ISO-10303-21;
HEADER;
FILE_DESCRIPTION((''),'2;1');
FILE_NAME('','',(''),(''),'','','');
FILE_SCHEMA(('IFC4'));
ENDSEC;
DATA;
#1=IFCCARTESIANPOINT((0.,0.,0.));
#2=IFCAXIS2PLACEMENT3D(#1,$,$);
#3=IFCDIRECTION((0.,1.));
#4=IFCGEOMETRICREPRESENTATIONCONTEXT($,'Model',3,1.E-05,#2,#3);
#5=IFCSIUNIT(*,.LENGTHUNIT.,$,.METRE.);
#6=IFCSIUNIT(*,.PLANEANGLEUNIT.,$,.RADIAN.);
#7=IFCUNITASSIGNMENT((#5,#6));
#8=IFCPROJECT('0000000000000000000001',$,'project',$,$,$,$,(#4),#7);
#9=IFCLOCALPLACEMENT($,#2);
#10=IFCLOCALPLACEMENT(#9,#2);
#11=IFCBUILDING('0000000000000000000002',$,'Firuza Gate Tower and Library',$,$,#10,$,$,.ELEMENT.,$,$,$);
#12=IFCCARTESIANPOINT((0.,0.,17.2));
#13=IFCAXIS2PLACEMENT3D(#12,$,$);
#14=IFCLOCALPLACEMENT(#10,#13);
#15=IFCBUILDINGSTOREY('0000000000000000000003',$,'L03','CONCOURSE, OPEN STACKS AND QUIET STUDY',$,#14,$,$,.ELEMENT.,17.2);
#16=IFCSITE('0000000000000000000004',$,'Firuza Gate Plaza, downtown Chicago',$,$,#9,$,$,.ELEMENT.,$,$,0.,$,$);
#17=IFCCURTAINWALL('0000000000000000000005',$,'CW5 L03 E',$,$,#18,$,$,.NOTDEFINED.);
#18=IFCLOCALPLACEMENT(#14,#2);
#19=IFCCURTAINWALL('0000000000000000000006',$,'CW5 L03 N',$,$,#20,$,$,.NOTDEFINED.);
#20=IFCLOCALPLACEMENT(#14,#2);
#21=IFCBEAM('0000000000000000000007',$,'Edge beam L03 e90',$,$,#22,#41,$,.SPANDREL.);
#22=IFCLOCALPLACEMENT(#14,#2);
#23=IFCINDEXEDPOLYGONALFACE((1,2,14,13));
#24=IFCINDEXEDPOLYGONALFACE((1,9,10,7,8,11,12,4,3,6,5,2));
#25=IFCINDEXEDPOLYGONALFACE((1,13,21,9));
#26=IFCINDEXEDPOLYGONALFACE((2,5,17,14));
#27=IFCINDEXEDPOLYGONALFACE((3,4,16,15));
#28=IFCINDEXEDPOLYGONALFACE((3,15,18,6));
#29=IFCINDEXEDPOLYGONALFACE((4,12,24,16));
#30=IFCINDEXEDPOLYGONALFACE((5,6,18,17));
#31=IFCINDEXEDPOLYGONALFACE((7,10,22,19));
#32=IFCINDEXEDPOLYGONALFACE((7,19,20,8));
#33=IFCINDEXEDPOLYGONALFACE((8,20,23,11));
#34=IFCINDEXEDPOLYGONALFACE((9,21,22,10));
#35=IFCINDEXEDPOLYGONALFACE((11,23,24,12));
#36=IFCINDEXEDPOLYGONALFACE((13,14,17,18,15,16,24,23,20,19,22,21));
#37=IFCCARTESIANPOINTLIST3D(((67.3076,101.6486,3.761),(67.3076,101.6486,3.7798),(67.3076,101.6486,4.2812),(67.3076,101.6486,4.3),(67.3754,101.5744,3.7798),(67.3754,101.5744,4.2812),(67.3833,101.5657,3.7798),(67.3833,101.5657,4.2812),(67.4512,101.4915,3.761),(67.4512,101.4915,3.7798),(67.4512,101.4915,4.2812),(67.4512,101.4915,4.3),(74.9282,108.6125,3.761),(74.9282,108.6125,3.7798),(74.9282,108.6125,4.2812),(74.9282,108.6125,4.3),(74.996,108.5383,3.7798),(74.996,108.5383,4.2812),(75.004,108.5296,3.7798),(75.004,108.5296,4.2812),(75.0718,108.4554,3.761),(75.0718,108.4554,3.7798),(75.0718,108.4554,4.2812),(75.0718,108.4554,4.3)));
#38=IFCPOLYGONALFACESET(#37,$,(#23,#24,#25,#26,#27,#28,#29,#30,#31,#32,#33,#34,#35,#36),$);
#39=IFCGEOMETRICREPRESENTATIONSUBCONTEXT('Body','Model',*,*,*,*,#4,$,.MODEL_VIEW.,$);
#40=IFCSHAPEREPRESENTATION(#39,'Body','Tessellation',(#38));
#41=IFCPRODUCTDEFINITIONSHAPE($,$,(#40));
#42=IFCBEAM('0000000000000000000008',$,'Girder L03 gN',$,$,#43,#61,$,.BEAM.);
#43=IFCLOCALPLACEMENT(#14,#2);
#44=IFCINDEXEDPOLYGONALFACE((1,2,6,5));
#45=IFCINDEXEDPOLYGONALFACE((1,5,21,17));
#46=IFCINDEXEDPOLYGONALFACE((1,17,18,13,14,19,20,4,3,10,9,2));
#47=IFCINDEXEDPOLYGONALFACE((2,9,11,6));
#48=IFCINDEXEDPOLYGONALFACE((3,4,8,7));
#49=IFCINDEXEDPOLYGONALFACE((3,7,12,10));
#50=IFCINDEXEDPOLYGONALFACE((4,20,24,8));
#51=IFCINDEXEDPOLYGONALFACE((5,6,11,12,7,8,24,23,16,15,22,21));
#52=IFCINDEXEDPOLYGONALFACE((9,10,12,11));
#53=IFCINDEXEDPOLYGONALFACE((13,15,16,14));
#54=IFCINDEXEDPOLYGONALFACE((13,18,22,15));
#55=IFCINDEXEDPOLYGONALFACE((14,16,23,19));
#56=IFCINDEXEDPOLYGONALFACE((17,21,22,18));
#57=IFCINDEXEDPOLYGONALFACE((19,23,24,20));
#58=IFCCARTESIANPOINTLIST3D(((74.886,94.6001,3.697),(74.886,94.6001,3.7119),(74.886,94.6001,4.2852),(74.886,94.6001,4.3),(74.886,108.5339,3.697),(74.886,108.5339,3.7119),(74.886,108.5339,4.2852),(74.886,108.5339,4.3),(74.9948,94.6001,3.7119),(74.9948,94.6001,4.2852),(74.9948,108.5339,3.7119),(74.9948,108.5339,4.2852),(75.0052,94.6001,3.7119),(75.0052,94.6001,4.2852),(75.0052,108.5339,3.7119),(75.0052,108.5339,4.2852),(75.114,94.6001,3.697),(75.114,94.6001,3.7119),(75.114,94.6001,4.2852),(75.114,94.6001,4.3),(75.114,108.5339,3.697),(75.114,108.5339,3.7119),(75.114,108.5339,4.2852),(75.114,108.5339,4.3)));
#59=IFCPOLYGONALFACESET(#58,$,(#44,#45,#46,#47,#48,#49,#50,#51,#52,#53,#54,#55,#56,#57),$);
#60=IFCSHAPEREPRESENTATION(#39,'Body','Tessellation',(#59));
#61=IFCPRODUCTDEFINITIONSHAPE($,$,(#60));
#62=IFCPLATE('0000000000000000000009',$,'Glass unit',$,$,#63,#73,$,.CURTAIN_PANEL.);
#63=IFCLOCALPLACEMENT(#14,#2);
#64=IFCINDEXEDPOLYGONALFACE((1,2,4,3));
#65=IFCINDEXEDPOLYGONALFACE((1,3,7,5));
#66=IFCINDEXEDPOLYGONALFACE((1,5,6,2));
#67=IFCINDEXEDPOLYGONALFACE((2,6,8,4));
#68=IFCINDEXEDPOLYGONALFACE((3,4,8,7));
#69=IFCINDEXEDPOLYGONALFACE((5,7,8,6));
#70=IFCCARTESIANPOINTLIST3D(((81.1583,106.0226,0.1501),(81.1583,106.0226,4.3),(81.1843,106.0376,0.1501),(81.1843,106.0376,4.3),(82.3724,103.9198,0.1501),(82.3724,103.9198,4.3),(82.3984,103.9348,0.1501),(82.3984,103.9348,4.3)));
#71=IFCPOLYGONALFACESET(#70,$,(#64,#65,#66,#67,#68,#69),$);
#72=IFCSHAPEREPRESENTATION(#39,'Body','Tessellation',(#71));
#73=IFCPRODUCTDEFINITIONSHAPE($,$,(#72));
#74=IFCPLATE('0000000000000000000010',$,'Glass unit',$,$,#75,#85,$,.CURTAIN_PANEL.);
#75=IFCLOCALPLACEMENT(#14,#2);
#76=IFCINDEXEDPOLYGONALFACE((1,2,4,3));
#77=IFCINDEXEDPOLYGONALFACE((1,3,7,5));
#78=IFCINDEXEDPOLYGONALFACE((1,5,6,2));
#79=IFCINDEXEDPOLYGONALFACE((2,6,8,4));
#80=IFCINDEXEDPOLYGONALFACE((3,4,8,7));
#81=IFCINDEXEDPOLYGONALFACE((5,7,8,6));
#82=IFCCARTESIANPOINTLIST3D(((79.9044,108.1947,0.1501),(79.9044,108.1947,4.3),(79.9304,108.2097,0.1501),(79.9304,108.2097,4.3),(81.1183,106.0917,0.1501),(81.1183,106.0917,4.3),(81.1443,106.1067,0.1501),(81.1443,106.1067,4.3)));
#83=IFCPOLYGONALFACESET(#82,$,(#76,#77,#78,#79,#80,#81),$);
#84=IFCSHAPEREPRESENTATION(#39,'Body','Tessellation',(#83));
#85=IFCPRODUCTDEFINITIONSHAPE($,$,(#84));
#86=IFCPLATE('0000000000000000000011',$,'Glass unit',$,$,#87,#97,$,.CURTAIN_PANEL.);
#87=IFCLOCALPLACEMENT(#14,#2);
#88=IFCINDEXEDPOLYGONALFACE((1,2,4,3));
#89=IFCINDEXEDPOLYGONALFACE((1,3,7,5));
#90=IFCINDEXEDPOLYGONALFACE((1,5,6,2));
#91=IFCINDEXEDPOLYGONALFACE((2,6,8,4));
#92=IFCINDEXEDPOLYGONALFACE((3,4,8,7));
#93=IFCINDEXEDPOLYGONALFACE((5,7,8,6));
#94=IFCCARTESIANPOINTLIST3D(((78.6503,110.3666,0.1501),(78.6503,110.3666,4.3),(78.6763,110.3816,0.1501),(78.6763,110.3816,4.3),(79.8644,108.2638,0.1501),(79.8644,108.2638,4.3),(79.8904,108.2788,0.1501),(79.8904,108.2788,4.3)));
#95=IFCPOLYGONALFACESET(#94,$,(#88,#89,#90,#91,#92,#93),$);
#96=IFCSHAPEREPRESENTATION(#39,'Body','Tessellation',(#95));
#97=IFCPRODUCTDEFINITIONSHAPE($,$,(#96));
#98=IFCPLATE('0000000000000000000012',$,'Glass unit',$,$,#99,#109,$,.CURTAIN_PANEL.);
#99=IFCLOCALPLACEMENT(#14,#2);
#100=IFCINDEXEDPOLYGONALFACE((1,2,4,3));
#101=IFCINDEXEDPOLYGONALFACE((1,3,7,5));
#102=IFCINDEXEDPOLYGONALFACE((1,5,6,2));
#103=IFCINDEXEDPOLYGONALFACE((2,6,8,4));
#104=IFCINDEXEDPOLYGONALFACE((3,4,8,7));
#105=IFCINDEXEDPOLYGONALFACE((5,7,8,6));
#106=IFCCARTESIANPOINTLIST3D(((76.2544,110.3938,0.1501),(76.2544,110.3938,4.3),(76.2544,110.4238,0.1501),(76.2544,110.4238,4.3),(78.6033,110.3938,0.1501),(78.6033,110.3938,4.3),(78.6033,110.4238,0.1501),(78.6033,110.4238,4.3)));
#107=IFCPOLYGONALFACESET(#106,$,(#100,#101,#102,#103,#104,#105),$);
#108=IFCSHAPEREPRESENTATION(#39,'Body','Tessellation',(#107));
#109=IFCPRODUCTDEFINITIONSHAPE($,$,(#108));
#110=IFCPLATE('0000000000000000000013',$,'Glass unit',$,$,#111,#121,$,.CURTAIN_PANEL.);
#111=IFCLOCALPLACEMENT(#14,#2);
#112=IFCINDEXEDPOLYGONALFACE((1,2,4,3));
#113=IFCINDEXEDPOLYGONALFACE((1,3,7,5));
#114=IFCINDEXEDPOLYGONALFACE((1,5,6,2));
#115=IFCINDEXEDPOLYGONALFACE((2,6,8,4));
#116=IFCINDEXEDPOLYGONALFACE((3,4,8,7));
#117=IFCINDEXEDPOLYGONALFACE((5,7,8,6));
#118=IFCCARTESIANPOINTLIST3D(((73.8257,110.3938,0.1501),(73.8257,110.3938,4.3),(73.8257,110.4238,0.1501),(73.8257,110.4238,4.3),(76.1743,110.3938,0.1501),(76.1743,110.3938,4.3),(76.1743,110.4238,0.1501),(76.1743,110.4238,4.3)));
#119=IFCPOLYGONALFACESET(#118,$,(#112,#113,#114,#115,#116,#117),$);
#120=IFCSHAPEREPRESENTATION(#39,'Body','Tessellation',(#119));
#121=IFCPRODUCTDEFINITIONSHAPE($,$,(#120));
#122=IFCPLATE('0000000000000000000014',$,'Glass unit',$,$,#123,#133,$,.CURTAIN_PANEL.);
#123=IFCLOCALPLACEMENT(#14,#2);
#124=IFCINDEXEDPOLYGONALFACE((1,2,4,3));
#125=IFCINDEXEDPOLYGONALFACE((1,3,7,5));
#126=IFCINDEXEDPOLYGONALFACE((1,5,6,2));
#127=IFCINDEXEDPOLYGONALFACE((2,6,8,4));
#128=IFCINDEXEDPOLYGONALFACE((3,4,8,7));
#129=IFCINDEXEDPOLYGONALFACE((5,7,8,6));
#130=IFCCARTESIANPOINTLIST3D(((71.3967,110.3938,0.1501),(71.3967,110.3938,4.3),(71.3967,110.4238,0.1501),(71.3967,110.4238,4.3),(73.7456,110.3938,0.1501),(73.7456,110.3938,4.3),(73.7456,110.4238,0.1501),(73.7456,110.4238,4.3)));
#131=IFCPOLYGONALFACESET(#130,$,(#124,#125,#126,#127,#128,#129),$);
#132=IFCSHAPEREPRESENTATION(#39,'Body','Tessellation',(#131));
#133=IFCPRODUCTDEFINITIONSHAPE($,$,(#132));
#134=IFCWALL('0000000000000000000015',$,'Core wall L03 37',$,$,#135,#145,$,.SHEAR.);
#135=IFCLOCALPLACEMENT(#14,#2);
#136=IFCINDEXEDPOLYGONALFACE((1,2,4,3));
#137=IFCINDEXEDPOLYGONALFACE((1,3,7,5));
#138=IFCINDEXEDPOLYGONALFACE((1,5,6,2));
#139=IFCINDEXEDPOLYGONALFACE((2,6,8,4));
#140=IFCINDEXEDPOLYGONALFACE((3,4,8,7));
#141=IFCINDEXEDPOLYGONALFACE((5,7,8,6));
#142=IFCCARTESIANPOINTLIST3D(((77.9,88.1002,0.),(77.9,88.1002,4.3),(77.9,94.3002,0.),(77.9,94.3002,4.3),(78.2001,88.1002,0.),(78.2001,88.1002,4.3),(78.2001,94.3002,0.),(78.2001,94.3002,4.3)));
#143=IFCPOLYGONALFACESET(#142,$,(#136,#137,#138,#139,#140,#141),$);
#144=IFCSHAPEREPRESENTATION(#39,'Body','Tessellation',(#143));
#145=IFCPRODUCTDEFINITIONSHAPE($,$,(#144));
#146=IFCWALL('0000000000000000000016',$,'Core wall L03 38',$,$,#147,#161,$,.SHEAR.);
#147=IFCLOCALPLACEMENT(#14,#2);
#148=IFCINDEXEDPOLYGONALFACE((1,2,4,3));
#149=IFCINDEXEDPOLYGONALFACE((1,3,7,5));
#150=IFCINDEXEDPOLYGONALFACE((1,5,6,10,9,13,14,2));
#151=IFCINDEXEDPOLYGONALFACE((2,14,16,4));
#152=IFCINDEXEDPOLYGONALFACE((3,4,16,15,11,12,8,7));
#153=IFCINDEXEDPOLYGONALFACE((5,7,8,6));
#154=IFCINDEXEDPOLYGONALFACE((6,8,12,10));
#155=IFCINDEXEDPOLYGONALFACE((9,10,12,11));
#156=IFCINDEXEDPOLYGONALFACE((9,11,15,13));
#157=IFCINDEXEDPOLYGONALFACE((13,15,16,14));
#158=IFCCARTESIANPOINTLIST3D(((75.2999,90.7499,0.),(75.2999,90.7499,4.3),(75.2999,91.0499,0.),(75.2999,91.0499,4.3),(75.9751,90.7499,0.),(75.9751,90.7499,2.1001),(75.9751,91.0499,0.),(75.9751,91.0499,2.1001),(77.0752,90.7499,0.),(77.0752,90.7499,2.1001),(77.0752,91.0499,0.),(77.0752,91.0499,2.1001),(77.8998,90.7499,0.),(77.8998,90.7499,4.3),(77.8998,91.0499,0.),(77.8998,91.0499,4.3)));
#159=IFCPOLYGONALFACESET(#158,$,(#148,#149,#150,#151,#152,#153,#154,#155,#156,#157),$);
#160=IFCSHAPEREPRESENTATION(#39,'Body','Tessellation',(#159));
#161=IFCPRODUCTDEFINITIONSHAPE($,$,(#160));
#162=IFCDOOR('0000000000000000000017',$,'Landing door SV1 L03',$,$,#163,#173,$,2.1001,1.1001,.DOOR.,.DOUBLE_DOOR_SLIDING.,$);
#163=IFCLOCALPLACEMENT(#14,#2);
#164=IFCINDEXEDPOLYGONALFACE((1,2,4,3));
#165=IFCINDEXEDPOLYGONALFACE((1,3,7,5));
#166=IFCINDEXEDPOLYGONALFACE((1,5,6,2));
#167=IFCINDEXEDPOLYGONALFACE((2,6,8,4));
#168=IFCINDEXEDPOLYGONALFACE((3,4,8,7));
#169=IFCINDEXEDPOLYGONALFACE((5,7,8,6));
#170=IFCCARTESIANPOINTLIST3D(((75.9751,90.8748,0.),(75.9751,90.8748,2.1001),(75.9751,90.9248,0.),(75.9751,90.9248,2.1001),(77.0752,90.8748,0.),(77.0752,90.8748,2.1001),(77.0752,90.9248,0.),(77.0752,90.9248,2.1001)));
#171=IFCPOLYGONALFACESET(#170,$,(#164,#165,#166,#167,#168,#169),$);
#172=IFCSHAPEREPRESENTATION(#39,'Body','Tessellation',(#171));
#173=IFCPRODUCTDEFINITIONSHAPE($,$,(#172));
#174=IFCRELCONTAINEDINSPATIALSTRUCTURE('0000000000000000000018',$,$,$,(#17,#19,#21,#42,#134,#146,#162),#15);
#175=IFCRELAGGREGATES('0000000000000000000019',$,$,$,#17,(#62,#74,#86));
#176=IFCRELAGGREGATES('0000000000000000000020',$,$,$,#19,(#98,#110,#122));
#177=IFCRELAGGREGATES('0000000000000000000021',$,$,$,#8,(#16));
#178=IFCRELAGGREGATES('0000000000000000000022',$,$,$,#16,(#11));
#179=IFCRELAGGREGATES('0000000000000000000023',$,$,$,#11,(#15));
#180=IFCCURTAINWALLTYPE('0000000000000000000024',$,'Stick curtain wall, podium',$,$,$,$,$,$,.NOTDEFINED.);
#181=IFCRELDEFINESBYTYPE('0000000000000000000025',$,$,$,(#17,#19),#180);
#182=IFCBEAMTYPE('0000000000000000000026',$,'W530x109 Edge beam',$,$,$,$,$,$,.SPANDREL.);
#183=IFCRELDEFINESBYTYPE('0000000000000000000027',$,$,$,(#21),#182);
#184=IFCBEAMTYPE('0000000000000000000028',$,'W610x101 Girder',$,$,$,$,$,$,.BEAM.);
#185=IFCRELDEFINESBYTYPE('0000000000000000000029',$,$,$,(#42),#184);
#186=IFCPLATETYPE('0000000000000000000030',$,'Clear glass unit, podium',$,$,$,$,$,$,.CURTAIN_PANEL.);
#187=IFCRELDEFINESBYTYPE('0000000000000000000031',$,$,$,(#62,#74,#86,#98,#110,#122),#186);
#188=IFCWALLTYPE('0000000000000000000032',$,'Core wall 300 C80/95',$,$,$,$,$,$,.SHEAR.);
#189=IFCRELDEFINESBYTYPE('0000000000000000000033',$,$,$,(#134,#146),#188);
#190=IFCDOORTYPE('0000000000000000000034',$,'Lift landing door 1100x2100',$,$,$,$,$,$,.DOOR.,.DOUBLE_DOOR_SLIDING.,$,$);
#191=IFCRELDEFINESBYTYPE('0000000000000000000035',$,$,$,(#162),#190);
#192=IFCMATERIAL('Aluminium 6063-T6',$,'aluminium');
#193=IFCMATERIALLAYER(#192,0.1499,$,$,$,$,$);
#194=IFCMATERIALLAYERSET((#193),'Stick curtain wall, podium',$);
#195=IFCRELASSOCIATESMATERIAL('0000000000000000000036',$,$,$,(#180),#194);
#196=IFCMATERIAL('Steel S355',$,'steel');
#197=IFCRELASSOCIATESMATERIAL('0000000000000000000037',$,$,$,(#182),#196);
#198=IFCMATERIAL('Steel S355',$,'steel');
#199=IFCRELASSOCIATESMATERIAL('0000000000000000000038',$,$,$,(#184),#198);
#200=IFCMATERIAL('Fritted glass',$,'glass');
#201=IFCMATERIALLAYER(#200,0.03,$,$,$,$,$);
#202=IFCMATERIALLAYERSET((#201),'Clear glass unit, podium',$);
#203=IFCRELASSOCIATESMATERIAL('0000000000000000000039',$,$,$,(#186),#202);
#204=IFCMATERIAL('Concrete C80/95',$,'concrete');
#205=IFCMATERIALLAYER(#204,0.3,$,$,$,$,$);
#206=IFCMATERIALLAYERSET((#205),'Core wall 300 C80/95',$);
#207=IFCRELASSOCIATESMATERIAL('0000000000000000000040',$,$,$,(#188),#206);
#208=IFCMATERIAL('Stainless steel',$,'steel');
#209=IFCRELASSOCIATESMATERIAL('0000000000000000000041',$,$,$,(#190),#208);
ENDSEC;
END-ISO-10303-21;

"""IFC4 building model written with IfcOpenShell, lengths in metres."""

from ifc_helpers import new_model, si_unit, direction, frame, frame_2d, origin, origin_2d, place, context, subcontext, project, spatial, polyline, rectangle, i_section, outline, extrude, material, layer, layer_set, material_profile, profile_set, type_object, element, fill, aggregate, save


model = new_model("IFC4")

# Units and contexts
model_context = context("Model", 3, precision=1e-05, world=origin(), true_north=direction((0.0, 1.0)))
body_context = subcontext(model_context, "Body", "Model", "MODEL_VIEW")
ifc_project = project(units=[si_unit("LENGTHUNIT", "METRE"), si_unit("PLANEANGLEUNIT", "RADIAN")], contexts=[model_context])

# Site, building, storey
site_placement = place(None, origin())
site = spatial("IfcSite", under=ifc_project, at=site_placement, Name="Firuza Gate Plaza, downtown Chicago", CompositionType="ELEMENT", RefElevation=0.0)
building_placement = place(site_placement, origin())
building = spatial("IfcBuilding", under=site, at=building_placement, Name="Firuza Gate Tower and Library", CompositionType="ELEMENT")
storey_placement = place(building_placement, frame((0.0, 0.0, 17.2)))
storey = spatial("IfcBuildingStorey", under=building, at=storey_placement, Name="L03", Description="CONCOURSE, OPEN STACKS AND QUIET STUDY", CompositionType="ELEMENT", Elevation=17.2)

# Curtain walls
ifc_material_1 = material(Name="Aluminium 6063-T6", Category="aluminium")
ifc_layer_1 = layer(ifc_material_1, 0.1499)
ifc_layer_set_1 = layer_set([ifc_layer_1], Name="Stick curtain wall, podium")
curtain_wall_type = type_object("IfcCurtainWallType", Name="Stick curtain wall, podium", PredefinedType="NOTDEFINED", material=ifc_layer_set_1)
placement = place(storey_placement, origin())
curtain_wall_1 = element("IfcCurtainWall", 1, at=placement, inside=storey, type_object=curtain_wall_type, Name="CW5 L03 E", PredefinedType="NOTDEFINED")
curtain_wall_2 = element("IfcCurtainWall", 2, at=placement, inside=storey, type_object=curtain_wall_type, Name="CW5 L03 N", PredefinedType="NOTDEFINED")

# Beams
ifc_material_2 = material(Name="Steel S355", Category="steel")
ifc_material_profile_1 = material_profile(ifc_material_2, i_section(OverallWidth=0.2129, OverallDepth=0.5391, WebThickness=0.0117, FlangeThickness=0.0188, at=origin_2d()))
ifc_profile_set_1 = profile_set([ifc_material_profile_1], Name="Steel S355")
beam_type_1 = type_object("IfcBeamType", Name="W530x109 Edge beam", PredefinedType="SPANDREL", material=ifc_profile_set_1)
beam_1_placement = place(storey_placement, frame((75.0, 108.5339, 4.0305), z_axis=(-0.7382, -0.674582, 0.0), x_axis=(0.674582, -0.7382, 0.0)))
element("IfcBeam", 3, at=beam_1_placement, inside=storey, type_object=beam_type_1, Name="Edge beam L03 e90", PredefinedType="SPANDREL", context=body_context, shape_type="SweptSolid", body=[
    extrude(i_section(OverallWidth=0.2129, OverallDepth=0.5391, WebThickness=0.0117, FlangeThickness=0.0188, at=origin_2d()), origin(), (0.0, 0.0, 1.0), 10.3232),
])
ifc_material_3 = material(Name="Steel S355", Category="steel")
ifc_material_profile_2 = material_profile(ifc_material_3, i_section(OverallWidth=0.228, OverallDepth=0.603, WebThickness=0.0105, FlangeThickness=0.0149, at=origin_2d()))
ifc_profile_set_2 = profile_set([ifc_material_profile_2], Name="Steel S355")
beam_type_2 = type_object("IfcBeamType", Name="W610x101 Girder", PredefinedType="BEAM", material=ifc_profile_set_2)
beam_2_placement = place(storey_placement, frame((75.0, 108.5339, 3.9985), z_axis=(0.0, -1.0, 0.0), x_axis=(1.0, 0.0, 0.0)))
element("IfcBeam", 4, at=beam_2_placement, inside=storey, type_object=beam_type_2, Name="Girder L03 gN", PredefinedType="BEAM", context=body_context, shape_type="SweptSolid", body=[
    extrude(i_section(OverallWidth=0.228, OverallDepth=0.603, WebThickness=0.0105, FlangeThickness=0.0149, at=origin_2d()), origin(), (0.0, 0.0, 1.0), 13.9338),
])

# Plates
ifc_material_4 = material(Name="Fritted glass", Category="glass")
ifc_layer_2 = layer(ifc_material_4, 0.03)
ifc_layer_set_2 = layer_set([ifc_layer_2], Name="Clear glass unit, podium")
plate_type = type_object("IfcPlateType", Name="Clear glass unit, podium", PredefinedType="CURTAIN_PANEL", material=ifc_layer_set_2)
plate_1_placement = place(storey_placement, frame((82.3984, 103.9348, 0.1501), z_axis=(0.866013, 0.500021, 0.0), x_axis=(-0.500021, 0.866013, 0.0)))
plate_1 = element("IfcPlate", 5, at=plate_1_placement, type_object=plate_type, Name="Glass unit", PredefinedType="CURTAIN_PANEL", context=body_context, shape_type="SweptSolid", body=[
    extrude(outline(polyline([(0.0, 0.0), (2.4281, 0.0), (2.4281, 4.1499), (0.0, 4.1499), (0.0, 0.0)])), origin(), (0.0, 0.0, -1.0), 0.03),
])
plate_2_placement = place(storey_placement, frame((81.1443, 106.1067, 0.1501), z_axis=(0.866082, 0.499902, 0.0), x_axis=(-0.499902, 0.866082, 0.0)))
plate_2 = element("IfcPlate", 6, at=plate_2_placement, type_object=plate_type, Name="Glass unit", PredefinedType="CURTAIN_PANEL", context=body_context, shape_type="SweptSolid", body=[
    extrude(outline(polyline([(0.0, 0.0), (2.4282, 0.0), (2.4282, 4.1499), (0.0, 4.1499), (0.0, 0.0)])), origin(), (0.0, 0.0, -1.0), 0.03),
])
plate_3_placement = place(storey_placement, frame((79.8904, 108.2788, 0.1501), z_axis=(0.866013, 0.500021, 0.0), x_axis=(-0.500021, 0.866013, 0.0)))
plate_3 = element("IfcPlate", 7, at=plate_3_placement, type_object=plate_type, Name="Glass unit", PredefinedType="CURTAIN_PANEL", context=body_context, shape_type="SweptSolid", body=[
    extrude(outline(polyline([(0.0, 0.0), (2.4281, 0.0), (2.4281, 4.1499), (0.0, 4.1499), (0.0, 0.0)])), origin(), (0.0, 0.0, -1.0), 0.03),
])
aggregate(curtain_wall_1, [plate_1, plate_2, plate_3])
plate_4_placement = place(storey_placement, frame((78.6033, 110.4238, 0.1501), z_axis=(0.0, 1.0, 0.0), x_axis=(-1.0, 0.0, 0.0)))
plate_4 = element("IfcPlate", 8, at=plate_4_placement, type_object=plate_type, Name="Glass unit", PredefinedType="CURTAIN_PANEL", context=body_context, shape_type="SweptSolid", body=[
    extrude(outline(polyline([(0.0, 0.0), (2.3489, 0.0), (2.3489, 4.1499), (0.0, 4.1499), (0.0, 0.0)])), origin(), (0.0, 0.0, -1.0), 0.03),
])
plate_5_placement = place(storey_placement, frame((76.1743, 110.4238, 0.1501), z_axis=(0.0, 1.0, 0.0), x_axis=(-1.0, 0.0, 0.0)))
plate_5 = element("IfcPlate", 9, at=plate_5_placement, type_object=plate_type, Name="Glass unit", PredefinedType="CURTAIN_PANEL", context=body_context, shape_type="SweptSolid", body=[
    extrude(outline(polyline([(0.0, 0.0), (2.3486, 0.0), (2.3486, 4.1499), (0.0, 4.1499), (0.0, 0.0)])), origin(), (0.0, 0.0, -1.0), 0.03),
])
plate_6_placement = place(storey_placement, frame((73.7456, 110.4238, 0.1501), z_axis=(0.0, 1.0, 0.0), x_axis=(-1.0, 0.0, 0.0)))
plate_6 = element("IfcPlate", 10, at=plate_6_placement, type_object=plate_type, Name="Glass unit", PredefinedType="CURTAIN_PANEL", context=body_context, shape_type="SweptSolid", body=[
    extrude(outline(polyline([(0.0, 0.0), (2.3489, 0.0), (2.3489, 4.1499), (0.0, 4.1499), (0.0, 0.0)])), origin(), (0.0, 0.0, -1.0), 0.03),
])
aggregate(curtain_wall_2, [plate_4, plate_5, plate_6])

# Wall
ifc_material_5 = material(Name="Concrete C80/95", Category="concrete")
ifc_layer_3 = layer(ifc_material_5, 0.3)
ifc_layer_set_3 = layer_set([ifc_layer_3], Name="Core wall 300 C80/95")
wall_type_1 = type_object("IfcWallType", Name="Core wall 300 C80/95", PredefinedType="SHEAR", material=ifc_layer_set_3)
wall_1_placement = place(storey_placement, frame((78.05, 88.1001, 0.0), z_axis=(0.0, 0.0, 1.0), x_axis=(0.0, 1.0, 0.0)))
element("IfcWall", 11, at=wall_1_placement, inside=storey, type_object=wall_type_1, Name="Core wall L03 37", PredefinedType="SHEAR", context=body_context, shape_type="SweptSolid", body=[
    extrude(rectangle(XDim=6.2, YDim=0.3, at=frame_2d((3.1001, 0.0))), origin(), (0.0, 0.0, 1.0), 4.3),
])

# Wall, opening, door
wall_2_placement = place(storey_placement, frame((75.3, 90.8999, 0.0), z_axis=(0.0, 0.0, 1.0), x_axis=(1.0, 0.0, 0.0)))
wall_2 = element("IfcWall", 12, at=wall_2_placement, inside=storey, type_object=wall_type_1, Name="Core wall L03 38", PredefinedType="SHEAR", context=body_context, shape_type="SweptSolid", body=[
    extrude(rectangle(XDim=2.5999, YDim=0.3, at=frame_2d((1.2998, 0.0))), origin(), (0.0, 0.0, 1.0), 4.3),
])
opening_placement = place(wall_2_placement, frame((0.675, 0.0, 0.0)))
opening = element("IfcOpeningElement", 13, at=opening_placement, cuts=wall_2, PredefinedType="OPENING", context=body_context, shape_type="SweptSolid", body=[
    extrude(rectangle(XDim=1.1001, YDim=2.1001, at=frame_2d((0.55, 1.05))), frame((0.0, 0.1602, 0.0), z_axis=(0.0, -1.0, 0.0), x_axis=(1.0, 0.0, 0.0)), (0.0, 0.0, 1.0), 0.3201),
])
ifc_material_6 = material(Name="Stainless steel", Category="steel")
door_type = type_object("IfcDoorType", Name="Lift landing door 1100x2100", OperationType="DOUBLE_DOOR_SLIDING", PredefinedType="DOOR", material=ifc_material_6)
door_placement = place(opening_placement, origin())
door = element("IfcDoor", 14, at=door_placement, inside=storey, type_object=door_type, Name="Landing door SV1 L03", OperationType="DOUBLE_DOOR_SLIDING", OverallHeight=2.1001, OverallWidth=1.1001, PredefinedType="DOOR", context=body_context, shape_type="SweptSolid", body=[
    extrude(rectangle(XDim=1.1001, YDim=2.1001, at=frame_2d((0.55, 1.05))), frame((0.0, 0.0249, 0.0), z_axis=(0.0, -1.0, 0.0), x_axis=(1.0, 0.0, 0.0)), (0.0, 0.0, 1.0), 0.05),
])
fill(opening, door)

save(model, "model.ifc")
